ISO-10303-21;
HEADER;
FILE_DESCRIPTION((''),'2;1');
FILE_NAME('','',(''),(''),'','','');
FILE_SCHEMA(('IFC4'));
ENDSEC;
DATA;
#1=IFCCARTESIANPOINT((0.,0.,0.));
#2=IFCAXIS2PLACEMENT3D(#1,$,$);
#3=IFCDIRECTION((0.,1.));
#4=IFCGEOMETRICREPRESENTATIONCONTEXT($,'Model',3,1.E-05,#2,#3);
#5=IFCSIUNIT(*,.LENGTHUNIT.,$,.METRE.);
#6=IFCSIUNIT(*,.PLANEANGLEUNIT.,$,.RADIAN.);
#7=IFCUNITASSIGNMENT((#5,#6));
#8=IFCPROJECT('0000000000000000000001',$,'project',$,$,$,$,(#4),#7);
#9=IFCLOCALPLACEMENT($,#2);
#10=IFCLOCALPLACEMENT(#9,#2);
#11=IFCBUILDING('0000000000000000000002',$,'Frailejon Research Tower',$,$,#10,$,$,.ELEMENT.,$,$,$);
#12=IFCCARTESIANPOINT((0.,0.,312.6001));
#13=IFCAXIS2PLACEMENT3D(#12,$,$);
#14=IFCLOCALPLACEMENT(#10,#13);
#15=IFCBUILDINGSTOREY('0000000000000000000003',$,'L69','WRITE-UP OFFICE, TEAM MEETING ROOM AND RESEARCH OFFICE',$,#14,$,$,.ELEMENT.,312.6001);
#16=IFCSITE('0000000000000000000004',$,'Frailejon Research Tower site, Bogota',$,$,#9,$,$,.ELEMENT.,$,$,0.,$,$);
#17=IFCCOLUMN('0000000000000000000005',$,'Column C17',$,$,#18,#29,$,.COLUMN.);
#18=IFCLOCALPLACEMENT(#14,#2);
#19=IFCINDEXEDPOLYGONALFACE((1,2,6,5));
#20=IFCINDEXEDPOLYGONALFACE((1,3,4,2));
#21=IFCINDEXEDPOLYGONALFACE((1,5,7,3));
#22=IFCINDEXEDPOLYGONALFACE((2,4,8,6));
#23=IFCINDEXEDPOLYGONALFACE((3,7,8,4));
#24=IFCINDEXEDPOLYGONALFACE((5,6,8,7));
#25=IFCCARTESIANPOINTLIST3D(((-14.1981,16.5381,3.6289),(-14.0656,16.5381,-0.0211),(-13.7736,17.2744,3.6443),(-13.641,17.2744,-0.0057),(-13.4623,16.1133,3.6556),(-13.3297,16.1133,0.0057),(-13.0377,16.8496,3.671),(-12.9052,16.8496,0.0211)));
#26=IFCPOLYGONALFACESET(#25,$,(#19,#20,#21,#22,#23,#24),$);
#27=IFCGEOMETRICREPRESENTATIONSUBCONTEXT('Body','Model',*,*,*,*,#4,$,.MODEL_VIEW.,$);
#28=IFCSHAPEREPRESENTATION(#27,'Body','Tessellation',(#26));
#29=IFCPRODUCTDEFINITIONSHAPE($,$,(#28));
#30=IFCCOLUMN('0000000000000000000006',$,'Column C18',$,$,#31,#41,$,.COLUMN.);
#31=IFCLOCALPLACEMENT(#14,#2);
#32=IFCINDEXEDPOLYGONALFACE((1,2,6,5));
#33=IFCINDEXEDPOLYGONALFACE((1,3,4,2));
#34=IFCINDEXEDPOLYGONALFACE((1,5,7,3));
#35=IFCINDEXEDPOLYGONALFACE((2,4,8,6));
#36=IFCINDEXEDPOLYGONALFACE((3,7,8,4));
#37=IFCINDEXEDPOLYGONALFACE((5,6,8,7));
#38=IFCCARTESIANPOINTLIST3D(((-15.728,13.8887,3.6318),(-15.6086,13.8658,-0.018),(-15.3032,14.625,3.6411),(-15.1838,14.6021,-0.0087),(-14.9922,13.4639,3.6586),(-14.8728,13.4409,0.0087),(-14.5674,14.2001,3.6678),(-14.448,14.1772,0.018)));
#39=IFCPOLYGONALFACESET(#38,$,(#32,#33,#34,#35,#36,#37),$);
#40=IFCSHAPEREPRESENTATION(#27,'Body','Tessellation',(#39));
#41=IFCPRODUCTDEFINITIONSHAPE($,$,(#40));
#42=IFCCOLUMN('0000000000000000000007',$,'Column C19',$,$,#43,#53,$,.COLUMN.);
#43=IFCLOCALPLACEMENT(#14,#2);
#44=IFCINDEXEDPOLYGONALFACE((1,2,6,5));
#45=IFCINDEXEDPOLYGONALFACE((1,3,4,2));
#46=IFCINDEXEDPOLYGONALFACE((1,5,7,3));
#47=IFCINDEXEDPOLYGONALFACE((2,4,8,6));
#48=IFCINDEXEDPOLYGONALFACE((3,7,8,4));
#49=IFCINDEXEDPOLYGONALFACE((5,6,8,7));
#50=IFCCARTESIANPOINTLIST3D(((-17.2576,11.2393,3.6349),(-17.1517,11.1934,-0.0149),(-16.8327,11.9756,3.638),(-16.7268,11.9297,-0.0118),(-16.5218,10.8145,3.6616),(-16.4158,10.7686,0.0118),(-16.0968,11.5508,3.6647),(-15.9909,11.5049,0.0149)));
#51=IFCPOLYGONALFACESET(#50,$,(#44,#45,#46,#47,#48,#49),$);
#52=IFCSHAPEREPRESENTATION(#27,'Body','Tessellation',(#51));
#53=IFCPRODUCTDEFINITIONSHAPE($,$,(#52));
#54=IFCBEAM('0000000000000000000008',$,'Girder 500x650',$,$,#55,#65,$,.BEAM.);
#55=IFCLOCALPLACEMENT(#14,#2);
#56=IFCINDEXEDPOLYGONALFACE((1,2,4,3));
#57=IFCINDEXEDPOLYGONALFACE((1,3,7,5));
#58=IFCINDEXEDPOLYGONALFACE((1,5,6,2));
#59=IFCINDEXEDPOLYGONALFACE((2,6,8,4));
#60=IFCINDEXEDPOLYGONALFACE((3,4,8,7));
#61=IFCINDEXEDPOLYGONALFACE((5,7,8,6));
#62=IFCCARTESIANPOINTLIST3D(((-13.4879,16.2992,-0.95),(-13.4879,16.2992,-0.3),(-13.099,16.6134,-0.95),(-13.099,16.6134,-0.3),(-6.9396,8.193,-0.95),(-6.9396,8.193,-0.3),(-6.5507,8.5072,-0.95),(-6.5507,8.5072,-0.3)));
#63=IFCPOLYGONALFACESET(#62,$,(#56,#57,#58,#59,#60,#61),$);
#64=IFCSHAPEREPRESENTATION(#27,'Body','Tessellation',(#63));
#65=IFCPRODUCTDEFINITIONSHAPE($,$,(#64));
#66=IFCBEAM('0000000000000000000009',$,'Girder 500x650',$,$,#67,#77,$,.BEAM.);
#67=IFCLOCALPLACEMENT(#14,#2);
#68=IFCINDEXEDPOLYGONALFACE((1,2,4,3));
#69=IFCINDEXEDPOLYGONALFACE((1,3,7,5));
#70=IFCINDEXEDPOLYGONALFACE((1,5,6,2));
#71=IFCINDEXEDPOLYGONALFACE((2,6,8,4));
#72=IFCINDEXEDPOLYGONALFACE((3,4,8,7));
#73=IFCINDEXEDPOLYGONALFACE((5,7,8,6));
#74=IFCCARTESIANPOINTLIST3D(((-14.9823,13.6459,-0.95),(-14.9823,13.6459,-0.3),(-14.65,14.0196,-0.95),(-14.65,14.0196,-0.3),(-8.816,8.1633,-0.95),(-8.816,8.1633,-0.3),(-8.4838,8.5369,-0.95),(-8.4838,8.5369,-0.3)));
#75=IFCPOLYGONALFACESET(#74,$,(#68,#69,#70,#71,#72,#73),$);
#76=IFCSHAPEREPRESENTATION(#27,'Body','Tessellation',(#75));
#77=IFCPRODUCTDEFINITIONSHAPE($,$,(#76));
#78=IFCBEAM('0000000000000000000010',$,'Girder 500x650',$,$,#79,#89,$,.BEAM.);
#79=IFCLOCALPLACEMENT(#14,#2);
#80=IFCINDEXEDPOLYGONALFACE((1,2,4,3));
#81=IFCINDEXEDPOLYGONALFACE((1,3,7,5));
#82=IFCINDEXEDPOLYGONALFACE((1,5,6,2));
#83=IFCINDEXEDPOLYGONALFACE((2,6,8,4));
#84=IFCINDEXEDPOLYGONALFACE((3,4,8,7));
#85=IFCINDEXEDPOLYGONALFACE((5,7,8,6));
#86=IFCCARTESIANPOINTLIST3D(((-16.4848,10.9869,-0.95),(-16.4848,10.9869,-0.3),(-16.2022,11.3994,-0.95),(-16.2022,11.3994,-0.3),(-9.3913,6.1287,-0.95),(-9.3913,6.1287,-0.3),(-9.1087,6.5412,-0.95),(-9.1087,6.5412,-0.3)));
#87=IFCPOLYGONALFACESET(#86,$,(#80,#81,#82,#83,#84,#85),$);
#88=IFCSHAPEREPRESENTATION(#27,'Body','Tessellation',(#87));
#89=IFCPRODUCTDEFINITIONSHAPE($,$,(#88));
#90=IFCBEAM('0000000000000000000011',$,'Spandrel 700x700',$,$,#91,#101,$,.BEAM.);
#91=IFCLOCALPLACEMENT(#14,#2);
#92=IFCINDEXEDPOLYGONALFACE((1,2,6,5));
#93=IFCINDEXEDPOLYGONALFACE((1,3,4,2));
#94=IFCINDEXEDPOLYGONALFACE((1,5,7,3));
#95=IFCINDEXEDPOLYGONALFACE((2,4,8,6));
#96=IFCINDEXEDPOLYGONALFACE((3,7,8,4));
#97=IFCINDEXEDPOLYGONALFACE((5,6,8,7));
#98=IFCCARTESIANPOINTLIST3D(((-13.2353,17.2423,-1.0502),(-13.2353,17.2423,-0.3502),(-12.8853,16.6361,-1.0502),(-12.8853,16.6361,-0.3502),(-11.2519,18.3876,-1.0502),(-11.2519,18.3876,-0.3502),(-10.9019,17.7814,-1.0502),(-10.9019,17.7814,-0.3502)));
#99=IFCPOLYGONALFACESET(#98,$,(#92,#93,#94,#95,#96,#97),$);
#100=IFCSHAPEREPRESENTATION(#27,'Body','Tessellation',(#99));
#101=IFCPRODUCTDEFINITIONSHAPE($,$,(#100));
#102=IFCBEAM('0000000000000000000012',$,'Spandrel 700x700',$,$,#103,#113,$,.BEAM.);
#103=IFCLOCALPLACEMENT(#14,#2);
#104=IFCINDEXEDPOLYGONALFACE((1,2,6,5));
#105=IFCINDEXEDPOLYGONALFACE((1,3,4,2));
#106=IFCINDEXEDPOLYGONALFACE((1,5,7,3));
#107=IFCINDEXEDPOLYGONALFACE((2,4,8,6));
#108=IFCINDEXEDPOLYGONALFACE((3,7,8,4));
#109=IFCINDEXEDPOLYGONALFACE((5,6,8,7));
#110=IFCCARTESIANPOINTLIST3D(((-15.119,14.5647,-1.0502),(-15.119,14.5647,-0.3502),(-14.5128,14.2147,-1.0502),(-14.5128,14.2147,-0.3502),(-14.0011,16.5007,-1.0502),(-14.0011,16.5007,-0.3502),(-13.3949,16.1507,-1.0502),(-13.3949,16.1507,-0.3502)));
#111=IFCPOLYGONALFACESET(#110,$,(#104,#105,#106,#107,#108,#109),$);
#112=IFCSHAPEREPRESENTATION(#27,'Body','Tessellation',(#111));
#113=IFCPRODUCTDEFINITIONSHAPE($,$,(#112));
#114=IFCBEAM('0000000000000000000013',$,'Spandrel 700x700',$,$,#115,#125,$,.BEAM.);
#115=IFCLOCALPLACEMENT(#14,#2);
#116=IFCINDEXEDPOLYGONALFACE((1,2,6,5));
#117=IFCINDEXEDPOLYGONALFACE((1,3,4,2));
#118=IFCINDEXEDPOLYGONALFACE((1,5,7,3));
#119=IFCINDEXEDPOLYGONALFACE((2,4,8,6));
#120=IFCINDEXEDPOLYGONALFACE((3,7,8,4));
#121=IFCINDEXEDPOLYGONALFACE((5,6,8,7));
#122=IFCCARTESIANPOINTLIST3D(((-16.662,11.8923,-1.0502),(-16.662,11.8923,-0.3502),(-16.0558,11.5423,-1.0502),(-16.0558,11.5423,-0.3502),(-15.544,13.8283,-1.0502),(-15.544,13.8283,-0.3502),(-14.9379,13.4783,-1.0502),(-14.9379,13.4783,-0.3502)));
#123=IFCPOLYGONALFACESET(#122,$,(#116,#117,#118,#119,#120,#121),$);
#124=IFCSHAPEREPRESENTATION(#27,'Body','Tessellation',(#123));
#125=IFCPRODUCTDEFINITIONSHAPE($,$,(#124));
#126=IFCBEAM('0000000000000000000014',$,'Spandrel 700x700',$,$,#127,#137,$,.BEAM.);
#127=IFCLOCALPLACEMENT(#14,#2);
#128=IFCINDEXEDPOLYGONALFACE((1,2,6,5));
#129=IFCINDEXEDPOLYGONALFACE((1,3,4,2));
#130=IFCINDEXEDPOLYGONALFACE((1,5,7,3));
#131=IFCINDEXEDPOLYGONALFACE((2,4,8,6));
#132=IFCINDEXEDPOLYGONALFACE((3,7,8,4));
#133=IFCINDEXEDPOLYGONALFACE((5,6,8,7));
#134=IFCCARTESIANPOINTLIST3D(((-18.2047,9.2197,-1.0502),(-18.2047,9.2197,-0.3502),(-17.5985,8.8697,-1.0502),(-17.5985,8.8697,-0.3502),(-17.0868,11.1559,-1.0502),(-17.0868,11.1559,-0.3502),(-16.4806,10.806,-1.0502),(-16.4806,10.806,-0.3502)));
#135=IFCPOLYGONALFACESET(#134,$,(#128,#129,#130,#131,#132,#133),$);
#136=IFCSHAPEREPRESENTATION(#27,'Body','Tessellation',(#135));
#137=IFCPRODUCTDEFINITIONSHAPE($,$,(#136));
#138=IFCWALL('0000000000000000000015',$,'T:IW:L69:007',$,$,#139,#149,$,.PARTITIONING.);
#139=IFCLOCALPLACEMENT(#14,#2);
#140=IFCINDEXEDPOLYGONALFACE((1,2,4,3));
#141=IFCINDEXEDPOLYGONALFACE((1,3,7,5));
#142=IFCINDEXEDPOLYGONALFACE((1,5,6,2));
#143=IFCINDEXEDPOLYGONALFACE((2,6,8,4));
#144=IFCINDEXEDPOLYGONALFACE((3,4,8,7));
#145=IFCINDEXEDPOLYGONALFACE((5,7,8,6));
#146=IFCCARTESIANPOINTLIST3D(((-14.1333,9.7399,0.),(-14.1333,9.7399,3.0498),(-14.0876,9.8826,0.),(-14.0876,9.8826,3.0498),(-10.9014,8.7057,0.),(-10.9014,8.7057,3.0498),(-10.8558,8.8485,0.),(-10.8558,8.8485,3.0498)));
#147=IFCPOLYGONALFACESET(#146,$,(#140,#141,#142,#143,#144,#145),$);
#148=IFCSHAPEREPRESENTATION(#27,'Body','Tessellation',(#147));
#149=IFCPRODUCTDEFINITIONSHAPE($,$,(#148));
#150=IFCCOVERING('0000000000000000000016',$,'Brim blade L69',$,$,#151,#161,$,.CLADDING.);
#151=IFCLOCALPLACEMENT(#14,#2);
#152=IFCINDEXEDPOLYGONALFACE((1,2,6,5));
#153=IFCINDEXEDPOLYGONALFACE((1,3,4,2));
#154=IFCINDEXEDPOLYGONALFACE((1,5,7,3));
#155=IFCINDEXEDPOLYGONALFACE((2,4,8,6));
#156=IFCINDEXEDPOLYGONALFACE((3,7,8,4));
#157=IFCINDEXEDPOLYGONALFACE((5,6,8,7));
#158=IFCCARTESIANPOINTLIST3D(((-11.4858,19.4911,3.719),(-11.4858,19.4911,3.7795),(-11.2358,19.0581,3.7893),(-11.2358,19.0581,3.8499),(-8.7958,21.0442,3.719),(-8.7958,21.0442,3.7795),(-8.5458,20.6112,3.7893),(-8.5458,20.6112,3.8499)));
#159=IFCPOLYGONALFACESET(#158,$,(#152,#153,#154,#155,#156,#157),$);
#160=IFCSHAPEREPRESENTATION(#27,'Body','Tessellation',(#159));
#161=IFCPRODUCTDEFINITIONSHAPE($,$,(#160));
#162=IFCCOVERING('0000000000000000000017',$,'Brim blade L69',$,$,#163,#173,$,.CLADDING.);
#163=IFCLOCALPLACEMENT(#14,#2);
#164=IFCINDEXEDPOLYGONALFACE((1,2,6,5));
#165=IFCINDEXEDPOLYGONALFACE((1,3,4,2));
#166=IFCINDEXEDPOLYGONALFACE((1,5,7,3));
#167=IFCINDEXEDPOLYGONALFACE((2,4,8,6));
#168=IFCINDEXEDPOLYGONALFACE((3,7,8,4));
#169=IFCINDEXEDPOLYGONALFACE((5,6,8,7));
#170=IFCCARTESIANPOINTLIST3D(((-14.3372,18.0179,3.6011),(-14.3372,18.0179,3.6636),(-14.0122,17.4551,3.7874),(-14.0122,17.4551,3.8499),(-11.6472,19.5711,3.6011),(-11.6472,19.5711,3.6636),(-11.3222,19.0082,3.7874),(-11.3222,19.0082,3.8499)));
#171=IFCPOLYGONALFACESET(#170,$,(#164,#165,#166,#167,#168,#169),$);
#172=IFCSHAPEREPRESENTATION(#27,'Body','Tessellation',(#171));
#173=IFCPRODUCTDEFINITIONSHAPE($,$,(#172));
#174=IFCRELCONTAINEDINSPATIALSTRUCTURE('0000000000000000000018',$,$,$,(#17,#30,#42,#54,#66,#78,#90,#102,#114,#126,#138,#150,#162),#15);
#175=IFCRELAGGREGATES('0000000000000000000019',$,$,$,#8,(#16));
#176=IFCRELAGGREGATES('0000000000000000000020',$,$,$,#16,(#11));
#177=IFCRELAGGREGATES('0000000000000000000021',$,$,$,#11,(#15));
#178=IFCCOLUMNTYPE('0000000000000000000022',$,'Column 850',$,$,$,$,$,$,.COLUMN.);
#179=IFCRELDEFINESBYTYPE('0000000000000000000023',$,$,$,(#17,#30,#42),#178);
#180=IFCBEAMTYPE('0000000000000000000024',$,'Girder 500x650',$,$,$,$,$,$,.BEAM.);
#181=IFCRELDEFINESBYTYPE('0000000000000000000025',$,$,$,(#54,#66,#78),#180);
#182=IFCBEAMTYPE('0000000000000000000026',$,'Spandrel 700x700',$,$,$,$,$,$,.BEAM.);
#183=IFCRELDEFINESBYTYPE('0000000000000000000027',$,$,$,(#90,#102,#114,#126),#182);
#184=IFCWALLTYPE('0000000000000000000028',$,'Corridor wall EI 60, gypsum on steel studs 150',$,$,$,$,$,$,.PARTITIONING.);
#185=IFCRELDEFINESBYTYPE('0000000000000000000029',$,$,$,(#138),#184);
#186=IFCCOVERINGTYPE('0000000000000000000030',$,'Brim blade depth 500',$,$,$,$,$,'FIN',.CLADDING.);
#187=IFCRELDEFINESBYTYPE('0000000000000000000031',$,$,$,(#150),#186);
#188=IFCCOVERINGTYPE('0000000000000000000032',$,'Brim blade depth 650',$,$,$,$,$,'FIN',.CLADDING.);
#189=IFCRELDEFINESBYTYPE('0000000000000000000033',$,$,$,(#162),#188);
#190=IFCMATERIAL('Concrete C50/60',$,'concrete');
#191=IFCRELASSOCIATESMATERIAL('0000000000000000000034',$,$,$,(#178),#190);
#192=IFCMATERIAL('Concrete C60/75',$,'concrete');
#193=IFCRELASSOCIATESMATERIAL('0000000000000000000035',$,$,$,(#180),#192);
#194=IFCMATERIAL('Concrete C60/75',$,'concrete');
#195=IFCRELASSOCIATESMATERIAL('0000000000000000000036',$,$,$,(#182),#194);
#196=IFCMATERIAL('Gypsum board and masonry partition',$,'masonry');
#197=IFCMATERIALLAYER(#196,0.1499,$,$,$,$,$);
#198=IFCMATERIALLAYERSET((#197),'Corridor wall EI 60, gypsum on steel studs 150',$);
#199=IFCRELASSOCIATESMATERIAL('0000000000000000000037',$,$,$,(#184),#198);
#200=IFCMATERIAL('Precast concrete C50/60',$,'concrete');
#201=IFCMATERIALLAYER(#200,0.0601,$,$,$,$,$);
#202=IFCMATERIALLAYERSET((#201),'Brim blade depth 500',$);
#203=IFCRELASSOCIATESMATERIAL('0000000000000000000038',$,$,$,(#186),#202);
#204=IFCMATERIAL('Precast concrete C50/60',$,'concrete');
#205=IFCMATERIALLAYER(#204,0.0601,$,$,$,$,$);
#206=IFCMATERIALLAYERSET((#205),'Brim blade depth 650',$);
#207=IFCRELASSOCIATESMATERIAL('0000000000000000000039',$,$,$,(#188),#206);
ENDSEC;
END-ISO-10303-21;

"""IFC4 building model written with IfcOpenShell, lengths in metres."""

from ifc_helpers import new_model, si_unit, direction, frame, frame_2d, origin, origin_2d, place, context, subcontext, project, spatial, polyline, rectangle, outline, extrude, material, layer, layer_set, material_profile, profile_set, type_object, element, save


model = new_model("IFC4")

# Units and contexts
model_context = context("Model", 3, precision=1e-05, world=origin(), true_north=direction((0.0, 1.0)))
body_context = subcontext(model_context, "Body", "Model", "MODEL_VIEW")
ifc_project = project(units=[si_unit("LENGTHUNIT", "METRE"), si_unit("PLANEANGLEUNIT", "RADIAN")], contexts=[model_context])

# Site, building, storey
site_placement = place(None, origin())
site = spatial("IfcSite", under=ifc_project, at=site_placement, Name="Frailejon Research Tower site, Bogota", CompositionType="ELEMENT", RefElevation=0.0)
building_placement = place(site_placement, origin())
building = spatial("IfcBuilding", under=site, at=building_placement, Name="Frailejon Research Tower", CompositionType="ELEMENT")
storey_placement = place(building_placement, frame((0.0, 0.0, 312.6001)))
storey = spatial("IfcBuildingStorey", under=building, at=storey_placement, Name="L69", Description="WRITE-UP OFFICE, TEAM MEETING ROOM AND RESEARCH OFFICE", CompositionType="ELEMENT", Elevation=312.6001)

# Columns
ifc_material_1 = material(Name="Concrete C50/60", Category="concrete")
ifc_material_profile_1 = material_profile(ifc_material_1, rectangle(XDim=0.8501, YDim=0.8501, at=origin_2d()), Name="Column 850")
ifc_profile_set_1 = profile_set([ifc_material_profile_1], Name="Concrete C50/60")
column_type = type_object("IfcColumnType", Name="Column 850", PredefinedType="COLUMN", material=ifc_profile_set_1)
column_1_placement = place(storey_placement, frame((-13.4854, 16.6938, 0.0), z_axis=(-0.036297, 0.0, 0.999341), x_axis=(-0.499424, -0.866168, -0.01814)))
element("IfcColumn", 1, at=column_1_placement, inside=storey, type_object=column_type, Name="Column C17", PredefinedType="COLUMN", context=body_context, shape_type="SweptSolid", body=[
    extrude(rectangle(XDim=0.8501, YDim=0.8501, at=origin_2d()), origin(), (0.0, 0.0, 1.0), 3.6523),
])
column_2_placement = place(storey_placement, frame((-15.0283, 14.0215, 0.0), z_axis=(-0.032691, 0.006284, 0.999446), x_axis=(-0.499707, -0.866126, -0.010899)))
element("IfcColumn", 2, at=column_2_placement, inside=storey, type_object=column_type, Name="Column C18", PredefinedType="COLUMN", context=body_context, shape_type="SweptSolid", body=[
    extrude(rectangle(XDim=0.8501, YDim=0.8501, at=origin_2d()), origin(), (0.0, 0.0, 1.0), 3.6519),
])
column_3_placement = place(storey_placement, frame((-16.5713, 11.3491, 0.0), z_axis=(-0.029016, 0.012569, 0.9995), x_axis=(-0.499849, -0.866105, -0.003619)))
element("IfcColumn", 3, at=column_3_placement, inside=storey, type_object=column_type, Name="Column C19", PredefinedType="COLUMN", context=body_context, shape_type="SweptSolid", body=[
    extrude(rectangle(XDim=0.8501, YDim=0.8501, at=origin_2d()), origin(), (0.0, 0.0, 1.0), 3.6516),
])

# Beams
ifc_material_2 = material(Name="Concrete C60/75", Category="concrete")
ifc_material_profile_2 = material_profile(ifc_material_2, rectangle(XDim=0.5, YDim=0.6499, at=origin_2d()), Name="Girder 500x650")
ifc_profile_set_2 = profile_set([ifc_material_profile_2], Name="Concrete C60/75")
beam_type_1 = type_object("IfcBeamType", Name="Girder 500x650", PredefinedType="BEAM", material=ifc_profile_set_2)
beam_1_placement = place(storey_placement, frame((-13.2935, 16.4563, -0.625), z_axis=(0.628397, -0.777893, 0.0), x_axis=(0.777893, 0.628397, 0.0)))
element("IfcBeam", 4, at=beam_1_placement, inside=storey, type_object=beam_type_1, Name="Girder 500x650", PredefinedType="BEAM", context=body_context, shape_type="SweptSolid", body=[
    extrude(rectangle(XDim=0.5, YDim=0.6499, at=origin_2d()), origin(), (0.0, 0.0, 1.0), 10.4207),
])
beam_2_placement = place(storey_placement, frame((-14.8162, 13.8328, -0.625), z_axis=(0.747316, -0.664469, 0.0), x_axis=(0.664469, 0.747316, 0.0)))
element("IfcBeam", 5, at=beam_2_placement, inside=storey, type_object=beam_type_1, Name="Girder 500x650", PredefinedType="BEAM", context=body_context, shape_type="SweptSolid", body=[
    extrude(rectangle(XDim=0.5, YDim=0.6499, at=origin_2d()), origin(), (0.0, 0.0, 1.0), 8.2512),
])
beam_3_placement = place(storey_placement, frame((-16.3435, 11.1931, -0.625), z_axis=(0.825052, -0.565056, 0.0), x_axis=(0.565056, 0.825052, 0.0)))
element("IfcBeam", 6, at=beam_3_placement, inside=storey, type_object=beam_type_1, Name="Girder 500x650", PredefinedType="BEAM", context=body_context, shape_type="SweptSolid", body=[
    extrude(rectangle(XDim=0.5, YDim=0.6499, at=origin_2d()), origin(), (0.0, 0.0, 1.0), 8.5977),
])
ifc_material_3 = material(Name="Concrete C60/75", Category="concrete")
ifc_material_profile_3 = material_profile(ifc_material_3, rectangle(XDim=0.7, YDim=0.7, at=origin_2d()), Name="Spandrel 700x700")
ifc_profile_set_3 = profile_set([ifc_material_profile_3], Name="Concrete C60/75")
beam_type_2 = type_object("IfcBeamType", Name="Spandrel 700x700", PredefinedType="BEAM", material=ifc_profile_set_3)
beam_4_placement = place(storey_placement, frame((-11.0769, 18.0845, -0.7002), z_axis=(-0.865997, -0.500048, 0.0), x_axis=(0.500048, -0.865997, 0.0)))
element("IfcBeam", 7, at=beam_4_placement, inside=storey, type_object=beam_type_2, Name="Spandrel 700x700", PredefinedType="BEAM", context=body_context, shape_type="SweptSolid", body=[
    extrude(rectangle(XDim=0.7, YDim=0.7, at=origin_2d()), origin(), (0.0, 0.0, 1.0), 2.2903),
])
for number, where, z_axis, x_axis, name in (
    (8, (-13.698, 16.3257, -0.7002), (-0.50005, -0.865996, 0.0), (0.865996, -0.50005, 0.0), "Spandrel 700x700"),
    (9, (-15.241, 13.6533, -0.7002), (-0.50005, -0.865996, 0.0), (0.865996, -0.50005, 0.0), "Spandrel 700x700"),
):
    element("IfcBeam", number, at=place(storey_placement, frame(where, z_axis=z_axis, x_axis=x_axis)), inside=storey, type_object=beam_type_2, Name=name, PredefinedType="BEAM", context=body_context, shape_type="SweptSolid", body=[
        extrude(rectangle(XDim=0.7, YDim=0.7, at=origin_2d()), origin(), (0.0, 0.0, 1.0), 2.2356),
    ])
beam_5_placement = place(storey_placement, frame((-16.7837, 10.981, -0.7002), z_axis=(-0.500003, -0.866024, 0.0), x_axis=(0.866024, -0.500003, 0.0)))
element("IfcBeam", 10, at=beam_5_placement, inside=storey, type_object=beam_type_2, Name="Spandrel 700x700", PredefinedType="BEAM", context=body_context, shape_type="SweptSolid", body=[
    extrude(rectangle(XDim=0.7, YDim=0.7, at=origin_2d()), origin(), (0.0, 0.0, 1.0), 2.2358),
])

# Wall
ifc_material_4 = material(Name="Gypsum board and masonry partition", Category="masonry")
ifc_layer_1 = layer(ifc_material_4, 0.1499)
ifc_layer_set_1 = layer_set([ifc_layer_1], Name="Corridor wall EI 60, gypsum on steel studs 150")
wall_type_1 = type_object("IfcWallType", Name="Corridor wall EI 60, gypsum on steel studs 150", PredefinedType="PARTITIONING", material=ifc_layer_set_1)
wall_1_placement = place(storey_placement, frame((-14.1106, 9.8113, 0.0), z_axis=(0.0, 0.0, 1.0), x_axis=(0.952427, -0.304765, 0.0)))
element("IfcWall", 11, at=wall_1_placement, inside=storey, type_object=wall_type_1, Name="T:IW:L69:007", PredefinedType="PARTITIONING", context=body_context, shape_type="SweptSolid", body=[
    extrude(rectangle(XDim=3.3933, YDim=0.1499, at=frame_2d((1.6968, 0.0))), origin(), (0.0, 0.0, 1.0), 3.0498),
])

# Coverings
ifc_material_5 = material(Name="Precast concrete C50/60", Category="concrete")
ifc_layer_2 = layer(ifc_material_5, 0.0601)
ifc_layer_set_2 = layer_set([ifc_layer_2], Name="Brim blade depth 500")
covering_type_1 = type_object("IfcCoveringType", Name="Brim blade depth 500", ElementType="FIN", PredefinedType="CLADDING", material=ifc_layer_set_2)
covering_1_placement = place(storey_placement, frame((-11.2358, 19.0581, 3.8499), z_axis=(0.866035, 0.499983, 0.0), x_axis=(-0.499983, 0.866035, 0.0)))
element("IfcCovering", 12, at=covering_1_placement, inside=storey, type_object=covering_type_1, Name="Brim blade L69", PredefinedType="CLADDING", context=body_context, shape_type="SweptSolid", body=[
    extrude(outline(polyline([(0.0, -0.0605), (0.5, -0.1309), (0.5, -0.0703), (0.0, 0.0), (0.0, -0.0605)])), origin(), (0.0, 0.0, 1.0), 3.1062),
])
ifc_material_6 = material(Name="Precast concrete C50/60", Category="concrete")
ifc_layer_3 = layer(ifc_material_6, 0.0601)
ifc_layer_set_3 = layer_set([ifc_layer_3], Name="Brim blade depth 650")
covering_type_2 = type_object("IfcCoveringType", Name="Brim blade depth 650", ElementType="FIN", PredefinedType="CLADDING", material=ifc_layer_set_3)
covering_2_placement = place(storey_placement, frame((-14.0122, 17.4551, 3.8499), z_axis=(0.866014, 0.50002, 0.0), x_axis=(-0.50002, 0.866014, 0.0)))
element("IfcCovering", 13, at=covering_2_placement, inside=storey, type_object=covering_type_2, Name="Brim blade L69", PredefinedType="CLADDING", context=body_context, shape_type="SweptSolid", body=[
    extrude(outline(polyline([(0.0, -0.0625), (0.6499, -0.2488), (0.6499, -0.1863), (0.0, 0.0), (0.0, -0.0625)])), origin(), (0.0, 0.0, 1.0), 3.1062),
])

save(model, "model.ifc")
